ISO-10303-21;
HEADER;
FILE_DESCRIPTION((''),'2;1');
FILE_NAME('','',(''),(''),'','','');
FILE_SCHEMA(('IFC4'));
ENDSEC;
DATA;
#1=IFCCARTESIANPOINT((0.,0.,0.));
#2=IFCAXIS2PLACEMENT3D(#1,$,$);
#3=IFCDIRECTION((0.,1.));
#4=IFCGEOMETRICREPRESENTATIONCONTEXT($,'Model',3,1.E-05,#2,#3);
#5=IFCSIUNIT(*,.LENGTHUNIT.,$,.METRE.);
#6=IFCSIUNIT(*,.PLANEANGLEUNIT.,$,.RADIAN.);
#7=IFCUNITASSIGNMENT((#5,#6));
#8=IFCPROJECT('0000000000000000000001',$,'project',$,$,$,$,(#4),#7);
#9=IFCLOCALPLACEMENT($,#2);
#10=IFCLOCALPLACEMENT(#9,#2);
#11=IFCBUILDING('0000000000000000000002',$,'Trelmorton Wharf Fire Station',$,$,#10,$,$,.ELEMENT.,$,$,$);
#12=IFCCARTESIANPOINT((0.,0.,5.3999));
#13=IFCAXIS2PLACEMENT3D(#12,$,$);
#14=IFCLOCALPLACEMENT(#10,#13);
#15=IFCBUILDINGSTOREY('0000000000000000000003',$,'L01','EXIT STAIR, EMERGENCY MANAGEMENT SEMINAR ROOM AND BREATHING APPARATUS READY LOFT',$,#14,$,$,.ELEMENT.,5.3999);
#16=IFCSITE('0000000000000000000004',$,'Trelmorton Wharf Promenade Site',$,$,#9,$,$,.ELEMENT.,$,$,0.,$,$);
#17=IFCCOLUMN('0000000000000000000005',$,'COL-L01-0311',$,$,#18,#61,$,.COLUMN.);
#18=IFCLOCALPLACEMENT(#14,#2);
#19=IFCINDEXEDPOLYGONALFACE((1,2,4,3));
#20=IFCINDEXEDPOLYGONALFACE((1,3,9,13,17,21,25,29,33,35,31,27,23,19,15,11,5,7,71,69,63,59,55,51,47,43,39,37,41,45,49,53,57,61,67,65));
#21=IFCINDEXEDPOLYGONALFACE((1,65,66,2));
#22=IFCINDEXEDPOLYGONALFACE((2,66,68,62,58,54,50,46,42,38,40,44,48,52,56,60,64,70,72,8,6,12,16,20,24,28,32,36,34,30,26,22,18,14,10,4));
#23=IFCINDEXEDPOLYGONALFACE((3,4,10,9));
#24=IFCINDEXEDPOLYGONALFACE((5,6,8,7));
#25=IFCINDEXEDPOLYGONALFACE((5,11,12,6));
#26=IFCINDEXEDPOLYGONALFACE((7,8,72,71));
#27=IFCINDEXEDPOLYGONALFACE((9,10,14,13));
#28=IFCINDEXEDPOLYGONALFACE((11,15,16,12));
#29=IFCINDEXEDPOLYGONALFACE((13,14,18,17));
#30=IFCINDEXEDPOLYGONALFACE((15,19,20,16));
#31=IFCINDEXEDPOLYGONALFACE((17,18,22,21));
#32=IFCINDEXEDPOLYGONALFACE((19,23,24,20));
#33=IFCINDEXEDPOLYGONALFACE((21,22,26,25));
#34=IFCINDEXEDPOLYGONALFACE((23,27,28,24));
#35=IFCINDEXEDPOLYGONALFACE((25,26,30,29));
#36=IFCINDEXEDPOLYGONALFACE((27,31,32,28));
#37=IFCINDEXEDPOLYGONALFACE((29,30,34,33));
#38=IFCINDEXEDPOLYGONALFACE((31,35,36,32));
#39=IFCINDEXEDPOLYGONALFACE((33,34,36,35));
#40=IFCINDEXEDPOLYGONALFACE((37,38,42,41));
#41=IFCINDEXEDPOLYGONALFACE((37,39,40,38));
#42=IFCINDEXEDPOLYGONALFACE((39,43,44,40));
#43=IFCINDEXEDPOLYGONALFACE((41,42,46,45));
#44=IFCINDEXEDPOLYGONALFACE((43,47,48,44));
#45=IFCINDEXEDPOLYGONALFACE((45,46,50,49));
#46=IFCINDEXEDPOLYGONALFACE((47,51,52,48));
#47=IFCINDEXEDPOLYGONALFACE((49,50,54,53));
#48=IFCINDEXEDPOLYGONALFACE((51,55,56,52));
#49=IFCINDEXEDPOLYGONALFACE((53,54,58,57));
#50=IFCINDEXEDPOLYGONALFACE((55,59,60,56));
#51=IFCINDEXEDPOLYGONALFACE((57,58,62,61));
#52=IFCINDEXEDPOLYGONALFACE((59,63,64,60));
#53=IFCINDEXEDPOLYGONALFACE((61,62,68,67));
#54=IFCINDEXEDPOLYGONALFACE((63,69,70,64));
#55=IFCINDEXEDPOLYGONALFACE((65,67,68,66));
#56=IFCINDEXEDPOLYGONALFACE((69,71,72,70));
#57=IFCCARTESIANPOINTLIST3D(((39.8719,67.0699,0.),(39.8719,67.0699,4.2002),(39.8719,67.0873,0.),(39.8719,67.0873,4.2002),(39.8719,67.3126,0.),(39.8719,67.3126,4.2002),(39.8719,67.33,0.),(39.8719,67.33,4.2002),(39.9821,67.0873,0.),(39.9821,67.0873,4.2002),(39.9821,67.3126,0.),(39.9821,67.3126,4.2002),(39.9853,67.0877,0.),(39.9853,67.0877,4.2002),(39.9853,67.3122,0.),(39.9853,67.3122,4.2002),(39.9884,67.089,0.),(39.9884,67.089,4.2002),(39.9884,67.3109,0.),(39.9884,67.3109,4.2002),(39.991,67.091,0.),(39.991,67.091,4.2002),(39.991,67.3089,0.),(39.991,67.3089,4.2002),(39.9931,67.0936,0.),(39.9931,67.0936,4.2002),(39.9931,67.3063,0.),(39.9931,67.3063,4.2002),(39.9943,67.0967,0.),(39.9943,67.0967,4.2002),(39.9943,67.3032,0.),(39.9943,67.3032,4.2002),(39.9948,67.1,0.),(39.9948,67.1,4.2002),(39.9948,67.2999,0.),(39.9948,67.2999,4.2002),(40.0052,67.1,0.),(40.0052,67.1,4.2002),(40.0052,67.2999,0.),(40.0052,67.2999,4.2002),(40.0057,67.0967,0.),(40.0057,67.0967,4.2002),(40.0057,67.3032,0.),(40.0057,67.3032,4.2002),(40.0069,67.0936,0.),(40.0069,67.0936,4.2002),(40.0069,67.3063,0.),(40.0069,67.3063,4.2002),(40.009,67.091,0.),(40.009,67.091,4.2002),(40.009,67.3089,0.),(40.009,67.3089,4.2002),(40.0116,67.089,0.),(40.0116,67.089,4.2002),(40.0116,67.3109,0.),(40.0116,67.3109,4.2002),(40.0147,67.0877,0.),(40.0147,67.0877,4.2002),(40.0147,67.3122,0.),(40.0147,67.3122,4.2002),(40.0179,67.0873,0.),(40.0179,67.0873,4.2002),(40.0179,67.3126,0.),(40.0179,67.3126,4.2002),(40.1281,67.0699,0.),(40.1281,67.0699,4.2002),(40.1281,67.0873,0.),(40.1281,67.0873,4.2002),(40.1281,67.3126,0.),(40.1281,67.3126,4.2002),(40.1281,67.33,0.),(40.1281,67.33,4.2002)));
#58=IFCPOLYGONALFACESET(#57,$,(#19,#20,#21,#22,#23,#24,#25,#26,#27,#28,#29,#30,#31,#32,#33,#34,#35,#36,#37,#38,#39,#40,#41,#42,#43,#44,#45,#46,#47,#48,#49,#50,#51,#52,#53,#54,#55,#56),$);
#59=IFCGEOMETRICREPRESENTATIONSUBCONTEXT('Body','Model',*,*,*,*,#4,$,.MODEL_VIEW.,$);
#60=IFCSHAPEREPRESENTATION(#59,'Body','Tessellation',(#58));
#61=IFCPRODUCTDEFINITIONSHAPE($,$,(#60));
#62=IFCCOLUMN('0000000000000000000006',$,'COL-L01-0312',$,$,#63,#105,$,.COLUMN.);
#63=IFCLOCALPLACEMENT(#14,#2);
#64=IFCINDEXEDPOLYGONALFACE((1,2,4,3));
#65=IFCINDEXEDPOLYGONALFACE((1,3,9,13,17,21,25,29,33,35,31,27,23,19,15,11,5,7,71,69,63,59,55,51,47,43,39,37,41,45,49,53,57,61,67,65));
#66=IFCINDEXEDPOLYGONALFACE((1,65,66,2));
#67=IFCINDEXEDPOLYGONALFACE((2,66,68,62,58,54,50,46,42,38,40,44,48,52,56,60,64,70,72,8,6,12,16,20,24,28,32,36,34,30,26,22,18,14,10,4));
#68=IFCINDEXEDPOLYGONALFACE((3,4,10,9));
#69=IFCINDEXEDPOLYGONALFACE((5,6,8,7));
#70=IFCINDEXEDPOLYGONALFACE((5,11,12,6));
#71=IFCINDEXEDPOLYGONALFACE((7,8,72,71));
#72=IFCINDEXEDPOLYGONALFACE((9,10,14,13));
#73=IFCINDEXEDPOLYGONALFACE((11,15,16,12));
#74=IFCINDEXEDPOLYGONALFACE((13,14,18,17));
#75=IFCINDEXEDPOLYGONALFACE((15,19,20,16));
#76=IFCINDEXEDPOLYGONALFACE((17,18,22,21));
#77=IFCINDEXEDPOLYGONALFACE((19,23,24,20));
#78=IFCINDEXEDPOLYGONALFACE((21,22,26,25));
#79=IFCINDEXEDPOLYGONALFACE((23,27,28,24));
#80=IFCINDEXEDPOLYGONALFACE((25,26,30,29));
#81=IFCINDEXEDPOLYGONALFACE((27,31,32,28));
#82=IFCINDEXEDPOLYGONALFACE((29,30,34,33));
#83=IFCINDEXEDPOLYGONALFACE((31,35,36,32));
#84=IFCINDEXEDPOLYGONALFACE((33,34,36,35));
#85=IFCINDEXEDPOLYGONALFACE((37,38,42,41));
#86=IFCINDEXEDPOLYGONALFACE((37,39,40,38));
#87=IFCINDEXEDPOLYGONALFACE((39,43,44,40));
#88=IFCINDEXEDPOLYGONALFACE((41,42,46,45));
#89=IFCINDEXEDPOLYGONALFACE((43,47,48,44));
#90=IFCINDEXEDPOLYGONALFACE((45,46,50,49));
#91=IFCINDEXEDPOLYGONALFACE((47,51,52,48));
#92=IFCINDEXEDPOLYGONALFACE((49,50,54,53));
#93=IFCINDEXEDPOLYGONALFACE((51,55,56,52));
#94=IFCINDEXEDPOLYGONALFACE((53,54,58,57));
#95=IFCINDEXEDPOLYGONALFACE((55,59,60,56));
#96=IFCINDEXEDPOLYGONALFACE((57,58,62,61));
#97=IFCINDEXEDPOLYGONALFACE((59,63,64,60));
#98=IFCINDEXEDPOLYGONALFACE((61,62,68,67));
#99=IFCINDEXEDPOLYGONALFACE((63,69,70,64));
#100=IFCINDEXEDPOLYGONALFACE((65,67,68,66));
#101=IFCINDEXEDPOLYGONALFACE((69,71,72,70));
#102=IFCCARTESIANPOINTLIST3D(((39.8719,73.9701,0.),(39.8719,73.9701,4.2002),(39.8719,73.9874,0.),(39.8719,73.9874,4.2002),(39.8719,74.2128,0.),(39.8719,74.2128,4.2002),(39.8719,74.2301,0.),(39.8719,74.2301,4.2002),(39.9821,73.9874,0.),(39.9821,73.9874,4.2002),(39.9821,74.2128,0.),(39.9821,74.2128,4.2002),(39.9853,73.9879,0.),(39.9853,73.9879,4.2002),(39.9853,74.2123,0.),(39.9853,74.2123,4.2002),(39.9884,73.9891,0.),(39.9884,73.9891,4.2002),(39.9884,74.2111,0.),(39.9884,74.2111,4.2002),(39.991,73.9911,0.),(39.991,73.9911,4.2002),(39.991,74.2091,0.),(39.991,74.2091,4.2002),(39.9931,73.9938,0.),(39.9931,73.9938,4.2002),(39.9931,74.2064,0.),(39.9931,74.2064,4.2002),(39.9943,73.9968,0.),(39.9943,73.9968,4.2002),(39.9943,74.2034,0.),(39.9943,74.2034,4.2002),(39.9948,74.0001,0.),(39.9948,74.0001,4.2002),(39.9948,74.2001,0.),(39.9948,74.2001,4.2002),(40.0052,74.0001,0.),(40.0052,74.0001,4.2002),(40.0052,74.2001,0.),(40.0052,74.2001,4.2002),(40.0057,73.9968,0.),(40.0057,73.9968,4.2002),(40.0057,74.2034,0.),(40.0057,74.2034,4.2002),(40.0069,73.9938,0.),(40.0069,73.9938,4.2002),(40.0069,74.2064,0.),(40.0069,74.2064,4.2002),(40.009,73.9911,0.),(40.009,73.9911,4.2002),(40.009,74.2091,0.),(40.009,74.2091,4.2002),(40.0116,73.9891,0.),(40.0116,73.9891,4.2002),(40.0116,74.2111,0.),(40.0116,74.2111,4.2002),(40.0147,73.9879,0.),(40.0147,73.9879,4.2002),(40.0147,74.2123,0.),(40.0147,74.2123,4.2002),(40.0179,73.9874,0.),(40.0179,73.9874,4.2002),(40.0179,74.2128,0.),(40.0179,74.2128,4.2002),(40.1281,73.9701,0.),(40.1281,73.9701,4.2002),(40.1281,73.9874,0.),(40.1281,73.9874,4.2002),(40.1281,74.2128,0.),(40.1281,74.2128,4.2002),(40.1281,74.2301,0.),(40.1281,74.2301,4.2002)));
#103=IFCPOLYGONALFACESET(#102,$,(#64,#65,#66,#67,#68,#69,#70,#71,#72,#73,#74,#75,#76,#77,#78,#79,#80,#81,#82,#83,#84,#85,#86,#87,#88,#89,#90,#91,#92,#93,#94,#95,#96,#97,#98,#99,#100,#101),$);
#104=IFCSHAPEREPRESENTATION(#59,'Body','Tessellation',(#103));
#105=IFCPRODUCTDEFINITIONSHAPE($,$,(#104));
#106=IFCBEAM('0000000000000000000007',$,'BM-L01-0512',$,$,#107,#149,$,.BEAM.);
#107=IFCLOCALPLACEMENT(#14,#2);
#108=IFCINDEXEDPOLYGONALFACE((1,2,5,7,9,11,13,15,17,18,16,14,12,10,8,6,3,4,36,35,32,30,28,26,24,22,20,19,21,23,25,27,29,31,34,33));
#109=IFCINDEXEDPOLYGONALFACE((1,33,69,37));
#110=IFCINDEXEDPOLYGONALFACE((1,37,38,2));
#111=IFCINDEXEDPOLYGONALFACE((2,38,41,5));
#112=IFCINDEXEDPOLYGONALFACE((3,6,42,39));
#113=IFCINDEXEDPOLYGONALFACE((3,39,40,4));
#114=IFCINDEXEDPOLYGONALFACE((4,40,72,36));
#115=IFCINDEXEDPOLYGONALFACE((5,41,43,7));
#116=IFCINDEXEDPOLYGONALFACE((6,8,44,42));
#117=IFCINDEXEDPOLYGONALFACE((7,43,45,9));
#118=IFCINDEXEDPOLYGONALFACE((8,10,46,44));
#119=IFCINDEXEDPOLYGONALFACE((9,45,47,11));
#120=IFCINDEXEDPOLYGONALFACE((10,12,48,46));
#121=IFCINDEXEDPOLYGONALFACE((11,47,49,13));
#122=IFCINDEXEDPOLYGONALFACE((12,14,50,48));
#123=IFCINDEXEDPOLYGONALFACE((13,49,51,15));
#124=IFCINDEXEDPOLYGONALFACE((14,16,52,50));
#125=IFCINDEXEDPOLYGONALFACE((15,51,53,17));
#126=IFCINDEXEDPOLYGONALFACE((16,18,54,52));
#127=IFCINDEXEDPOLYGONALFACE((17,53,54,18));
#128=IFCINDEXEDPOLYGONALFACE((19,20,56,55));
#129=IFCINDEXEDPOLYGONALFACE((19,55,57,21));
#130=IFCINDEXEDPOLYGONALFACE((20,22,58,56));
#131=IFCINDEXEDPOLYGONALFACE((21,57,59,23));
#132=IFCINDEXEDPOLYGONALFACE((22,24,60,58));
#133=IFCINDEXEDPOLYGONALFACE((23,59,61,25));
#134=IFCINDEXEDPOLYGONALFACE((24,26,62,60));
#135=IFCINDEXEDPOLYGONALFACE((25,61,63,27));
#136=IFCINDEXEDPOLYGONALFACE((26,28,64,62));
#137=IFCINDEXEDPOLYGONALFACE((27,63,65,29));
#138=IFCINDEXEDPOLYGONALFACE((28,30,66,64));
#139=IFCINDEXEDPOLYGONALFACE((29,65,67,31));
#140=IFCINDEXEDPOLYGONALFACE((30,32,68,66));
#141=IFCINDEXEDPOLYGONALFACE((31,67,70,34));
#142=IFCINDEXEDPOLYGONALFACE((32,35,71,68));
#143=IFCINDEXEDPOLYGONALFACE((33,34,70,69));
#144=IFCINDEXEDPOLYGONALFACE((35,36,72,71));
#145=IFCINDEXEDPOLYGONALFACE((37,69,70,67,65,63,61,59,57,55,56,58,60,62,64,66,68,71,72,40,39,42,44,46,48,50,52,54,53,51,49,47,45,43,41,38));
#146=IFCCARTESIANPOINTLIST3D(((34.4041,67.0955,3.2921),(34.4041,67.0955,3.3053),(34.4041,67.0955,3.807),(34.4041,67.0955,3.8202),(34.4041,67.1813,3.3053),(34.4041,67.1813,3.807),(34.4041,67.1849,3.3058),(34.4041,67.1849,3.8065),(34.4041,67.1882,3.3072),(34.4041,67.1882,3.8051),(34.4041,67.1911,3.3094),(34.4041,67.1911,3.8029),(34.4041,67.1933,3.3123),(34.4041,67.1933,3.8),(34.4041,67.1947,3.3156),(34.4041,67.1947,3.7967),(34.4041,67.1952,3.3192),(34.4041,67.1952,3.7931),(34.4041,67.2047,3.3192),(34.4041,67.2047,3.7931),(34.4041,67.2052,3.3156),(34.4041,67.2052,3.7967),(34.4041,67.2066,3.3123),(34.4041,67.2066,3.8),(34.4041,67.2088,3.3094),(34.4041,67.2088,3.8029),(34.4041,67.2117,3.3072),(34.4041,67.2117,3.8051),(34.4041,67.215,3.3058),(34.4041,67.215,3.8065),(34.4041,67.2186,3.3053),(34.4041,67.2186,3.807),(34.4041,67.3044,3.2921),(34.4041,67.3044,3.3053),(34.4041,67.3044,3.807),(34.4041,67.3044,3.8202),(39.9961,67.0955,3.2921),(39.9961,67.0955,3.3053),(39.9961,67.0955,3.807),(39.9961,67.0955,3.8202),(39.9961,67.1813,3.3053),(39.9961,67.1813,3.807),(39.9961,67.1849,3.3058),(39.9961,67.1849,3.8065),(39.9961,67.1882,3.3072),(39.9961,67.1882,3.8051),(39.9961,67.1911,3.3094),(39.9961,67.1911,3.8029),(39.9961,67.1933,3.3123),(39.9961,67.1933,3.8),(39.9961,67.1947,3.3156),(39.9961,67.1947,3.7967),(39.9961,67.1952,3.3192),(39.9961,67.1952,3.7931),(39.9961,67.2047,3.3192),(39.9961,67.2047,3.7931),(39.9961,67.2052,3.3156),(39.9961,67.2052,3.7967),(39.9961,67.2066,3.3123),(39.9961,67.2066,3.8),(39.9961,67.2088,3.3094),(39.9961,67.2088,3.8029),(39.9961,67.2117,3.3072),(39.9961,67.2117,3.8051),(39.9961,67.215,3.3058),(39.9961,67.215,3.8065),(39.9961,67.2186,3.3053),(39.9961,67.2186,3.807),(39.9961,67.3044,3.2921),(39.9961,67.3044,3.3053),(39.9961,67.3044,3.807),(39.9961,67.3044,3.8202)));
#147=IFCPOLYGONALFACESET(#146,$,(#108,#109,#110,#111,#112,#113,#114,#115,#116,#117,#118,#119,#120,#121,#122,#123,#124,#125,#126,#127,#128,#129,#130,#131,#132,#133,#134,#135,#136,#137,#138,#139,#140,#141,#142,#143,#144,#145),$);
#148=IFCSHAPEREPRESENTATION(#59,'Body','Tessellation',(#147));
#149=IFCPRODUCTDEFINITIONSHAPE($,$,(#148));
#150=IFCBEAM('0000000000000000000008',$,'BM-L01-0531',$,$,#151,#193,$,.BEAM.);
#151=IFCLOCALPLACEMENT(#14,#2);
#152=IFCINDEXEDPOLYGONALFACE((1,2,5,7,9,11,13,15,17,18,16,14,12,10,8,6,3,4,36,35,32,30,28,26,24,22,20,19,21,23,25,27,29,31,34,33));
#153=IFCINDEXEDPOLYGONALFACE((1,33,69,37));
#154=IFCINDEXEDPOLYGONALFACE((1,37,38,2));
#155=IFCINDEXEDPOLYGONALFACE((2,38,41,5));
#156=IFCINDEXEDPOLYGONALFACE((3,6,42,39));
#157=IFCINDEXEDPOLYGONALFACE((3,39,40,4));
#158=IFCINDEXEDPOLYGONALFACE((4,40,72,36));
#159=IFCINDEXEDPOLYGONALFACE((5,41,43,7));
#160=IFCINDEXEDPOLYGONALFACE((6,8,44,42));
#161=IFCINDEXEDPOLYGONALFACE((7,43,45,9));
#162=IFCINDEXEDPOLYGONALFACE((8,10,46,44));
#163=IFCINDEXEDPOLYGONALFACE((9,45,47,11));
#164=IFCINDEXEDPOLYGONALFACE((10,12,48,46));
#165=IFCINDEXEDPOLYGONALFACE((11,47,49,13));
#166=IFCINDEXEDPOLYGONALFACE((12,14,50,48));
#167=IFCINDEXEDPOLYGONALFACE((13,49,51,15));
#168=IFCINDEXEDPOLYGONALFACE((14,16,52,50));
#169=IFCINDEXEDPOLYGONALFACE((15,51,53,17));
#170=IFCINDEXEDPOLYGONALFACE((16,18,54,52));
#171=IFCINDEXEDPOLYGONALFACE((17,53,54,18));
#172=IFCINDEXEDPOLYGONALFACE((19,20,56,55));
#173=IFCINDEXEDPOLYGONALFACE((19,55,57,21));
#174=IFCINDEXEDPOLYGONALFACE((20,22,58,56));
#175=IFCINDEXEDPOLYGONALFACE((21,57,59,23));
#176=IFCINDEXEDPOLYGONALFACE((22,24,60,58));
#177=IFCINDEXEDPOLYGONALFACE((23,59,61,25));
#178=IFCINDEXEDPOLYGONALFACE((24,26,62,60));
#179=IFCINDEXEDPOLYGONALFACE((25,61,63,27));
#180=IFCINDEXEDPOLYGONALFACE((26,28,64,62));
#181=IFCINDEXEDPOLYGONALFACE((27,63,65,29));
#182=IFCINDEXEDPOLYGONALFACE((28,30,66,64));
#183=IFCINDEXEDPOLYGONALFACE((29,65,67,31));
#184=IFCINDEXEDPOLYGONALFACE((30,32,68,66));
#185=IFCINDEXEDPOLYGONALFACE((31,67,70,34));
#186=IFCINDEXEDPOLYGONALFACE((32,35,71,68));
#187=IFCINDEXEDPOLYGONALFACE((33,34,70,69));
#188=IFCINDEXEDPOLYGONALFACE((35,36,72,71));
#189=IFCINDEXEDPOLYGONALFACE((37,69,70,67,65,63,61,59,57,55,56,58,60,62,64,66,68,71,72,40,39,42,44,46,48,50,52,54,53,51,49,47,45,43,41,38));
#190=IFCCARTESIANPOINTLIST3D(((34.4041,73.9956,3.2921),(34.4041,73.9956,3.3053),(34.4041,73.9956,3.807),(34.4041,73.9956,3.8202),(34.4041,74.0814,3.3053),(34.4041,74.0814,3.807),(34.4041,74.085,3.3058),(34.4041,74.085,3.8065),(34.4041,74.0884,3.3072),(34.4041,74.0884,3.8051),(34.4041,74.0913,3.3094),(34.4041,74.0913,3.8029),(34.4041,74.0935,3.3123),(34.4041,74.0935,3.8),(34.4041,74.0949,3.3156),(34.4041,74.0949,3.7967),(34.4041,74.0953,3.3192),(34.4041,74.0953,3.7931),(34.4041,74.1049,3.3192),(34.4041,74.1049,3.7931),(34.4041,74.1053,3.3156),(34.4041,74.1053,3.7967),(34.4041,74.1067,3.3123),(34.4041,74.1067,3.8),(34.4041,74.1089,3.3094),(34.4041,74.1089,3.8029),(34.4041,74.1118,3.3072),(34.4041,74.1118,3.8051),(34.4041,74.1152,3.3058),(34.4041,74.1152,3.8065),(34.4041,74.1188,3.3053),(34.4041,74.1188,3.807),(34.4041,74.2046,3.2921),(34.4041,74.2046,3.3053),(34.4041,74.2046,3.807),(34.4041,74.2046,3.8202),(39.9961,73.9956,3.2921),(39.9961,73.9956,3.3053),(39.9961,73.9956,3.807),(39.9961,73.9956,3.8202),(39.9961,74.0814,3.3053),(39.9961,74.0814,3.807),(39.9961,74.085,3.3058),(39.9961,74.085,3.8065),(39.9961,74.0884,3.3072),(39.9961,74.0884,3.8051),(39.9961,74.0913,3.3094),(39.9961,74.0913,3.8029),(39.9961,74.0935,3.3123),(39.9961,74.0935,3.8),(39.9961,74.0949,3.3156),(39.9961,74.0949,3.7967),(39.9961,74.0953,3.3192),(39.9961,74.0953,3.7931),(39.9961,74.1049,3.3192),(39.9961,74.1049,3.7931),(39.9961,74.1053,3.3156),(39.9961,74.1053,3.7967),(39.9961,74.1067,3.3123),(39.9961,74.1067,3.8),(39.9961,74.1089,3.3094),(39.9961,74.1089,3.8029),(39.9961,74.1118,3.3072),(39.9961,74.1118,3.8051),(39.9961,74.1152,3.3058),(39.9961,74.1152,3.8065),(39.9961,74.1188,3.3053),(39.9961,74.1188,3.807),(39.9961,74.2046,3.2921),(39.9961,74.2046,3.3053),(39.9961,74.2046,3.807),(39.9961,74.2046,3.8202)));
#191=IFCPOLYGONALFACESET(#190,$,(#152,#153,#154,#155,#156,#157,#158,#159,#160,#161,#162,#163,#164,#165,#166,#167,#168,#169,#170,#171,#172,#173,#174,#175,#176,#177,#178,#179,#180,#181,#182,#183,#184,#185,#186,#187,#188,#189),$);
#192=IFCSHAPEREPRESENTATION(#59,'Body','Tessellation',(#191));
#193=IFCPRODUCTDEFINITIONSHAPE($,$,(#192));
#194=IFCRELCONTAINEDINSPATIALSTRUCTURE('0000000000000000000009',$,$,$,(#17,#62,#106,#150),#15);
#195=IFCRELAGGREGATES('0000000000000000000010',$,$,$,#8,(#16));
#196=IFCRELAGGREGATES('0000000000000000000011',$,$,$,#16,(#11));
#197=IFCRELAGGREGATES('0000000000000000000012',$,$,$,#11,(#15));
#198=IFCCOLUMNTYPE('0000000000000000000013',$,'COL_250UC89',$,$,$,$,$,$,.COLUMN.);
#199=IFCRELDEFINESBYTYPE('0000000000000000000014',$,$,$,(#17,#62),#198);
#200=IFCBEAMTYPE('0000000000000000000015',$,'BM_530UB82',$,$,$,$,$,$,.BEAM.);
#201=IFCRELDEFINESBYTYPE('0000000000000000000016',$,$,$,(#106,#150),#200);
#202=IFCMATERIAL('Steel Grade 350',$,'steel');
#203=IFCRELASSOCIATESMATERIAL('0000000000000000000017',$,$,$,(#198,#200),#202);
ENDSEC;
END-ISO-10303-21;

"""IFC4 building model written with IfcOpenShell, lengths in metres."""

from ifc_helpers import new_model, si_unit, direction, frame, origin, origin_2d, place, context, subcontext, project, spatial, i_section, extrude, material, material_profile, profile_set, type_object, element, save


model = new_model("IFC4")

# Units and contexts
model_context = context("Model", 3, precision=1e-05, world=origin(), true_north=direction((0.0, 1.0)))
body_context = subcontext(model_context, "Body", "Model", "MODEL_VIEW")
ifc_project = project(units=[si_unit("LENGTHUNIT", "METRE"), si_unit("PLANEANGLEUNIT", "RADIAN")], contexts=[model_context])

# Site, building, storey
site_placement = place(None, origin())
site = spatial("IfcSite", under=ifc_project, at=site_placement, Name="Trelmorton Wharf Promenade Site", CompositionType="ELEMENT", RefElevation=0.0)
building_placement = place(site_placement, origin())
building = spatial("IfcBuilding", under=site, at=building_placement, Name="Trelmorton Wharf Fire Station", CompositionType="ELEMENT")
storey_placement = place(building_placement, frame((0.0, 0.0, 5.3999)))
storey = spatial("IfcBuildingStorey", under=building, at=storey_placement, Name="L01", Description="EXIT STAIR, EMERGENCY MANAGEMENT SEMINAR ROOM AND BREATHING APPARATUS READY LOFT", CompositionType="ELEMENT", Elevation=5.3999)

# Columns
ifc_material_1 = material(Name="Steel Grade 350", Category="steel")
ifc_material_profile_1 = material_profile(ifc_material_1, i_section(OverallWidth=0.2561, OverallDepth=0.26, WebThickness=0.0105, FlangeThickness=0.0173, FilletRadius=0.0127, at=origin_2d()), Name="250UC89.5")
ifc_profile_set_1 = profile_set([ifc_material_profile_1], Name="Steel Grade 350")
column_type = type_object("IfcColumnType", Name="COL_250UC89", PredefinedType="COLUMN", material=ifc_profile_set_1)
for number, where, z_axis, x_axis, name in (
    (1, (40.0, 67.2, 0.0), (0.0, 0.0, 1.0), (1.0, 0.0, 0.0), "COL-L01-0311"),
    (2, (40.0, 74.1001, 0.0), (0.0, 0.0, 1.0), (1.0, 0.0, 0.0), "COL-L01-0312"),
):
    element("IfcColumn", number, at=place(storey_placement, frame(where, z_axis=z_axis, x_axis=x_axis)), inside=storey, type_object=column_type, Name=name, PredefinedType="COLUMN", context=body_context, shape_type="SweptSolid", body=[
        extrude(i_section(OverallWidth=0.2561, OverallDepth=0.26, WebThickness=0.0105, FlangeThickness=0.0173, FilletRadius=0.0127, at=origin_2d()), origin(), (0.0, 0.0, 1.0), 4.2002),
    ])

# Beams
ifc_material_profile_2 = material_profile(ifc_material_1, i_section(OverallWidth=0.209, OverallDepth=0.5281, WebThickness=0.0095, FlangeThickness=0.0132, FilletRadius=0.0139, at=origin_2d()), Name="530UB82.0")
ifc_profile_set_2 = profile_set([ifc_material_profile_2], Name="Steel Grade 350")
beam_type = type_object("IfcBeamType", Name="BM_530UB82", PredefinedType="BEAM", material=ifc_profile_set_2)
for number, where, z_axis, x_axis, name in (
    (3, (34.4041, 67.2, 3.5562), (1.0, 0.0, 0.0), (0.0, 1.0, 0.0), "BM-L01-0512"),
    (4, (34.4041, 74.1001, 3.5562), (1.0, 0.0, 0.0), (0.0, 1.0, 0.0), "BM-L01-0531"),
):
    element("IfcBeam", number, at=place(storey_placement, frame(where, z_axis=z_axis, x_axis=x_axis)), inside=storey, type_object=beam_type, Name=name, PredefinedType="BEAM", context=body_context, shape_type="SweptSolid", body=[
        extrude(i_section(OverallWidth=0.209, OverallDepth=0.5281, WebThickness=0.0095, FlangeThickness=0.0132, FilletRadius=0.0139, at=origin_2d()), origin(), (0.0, 0.0, 1.0), 5.592),
    ])

save(model, "model.ifc")
